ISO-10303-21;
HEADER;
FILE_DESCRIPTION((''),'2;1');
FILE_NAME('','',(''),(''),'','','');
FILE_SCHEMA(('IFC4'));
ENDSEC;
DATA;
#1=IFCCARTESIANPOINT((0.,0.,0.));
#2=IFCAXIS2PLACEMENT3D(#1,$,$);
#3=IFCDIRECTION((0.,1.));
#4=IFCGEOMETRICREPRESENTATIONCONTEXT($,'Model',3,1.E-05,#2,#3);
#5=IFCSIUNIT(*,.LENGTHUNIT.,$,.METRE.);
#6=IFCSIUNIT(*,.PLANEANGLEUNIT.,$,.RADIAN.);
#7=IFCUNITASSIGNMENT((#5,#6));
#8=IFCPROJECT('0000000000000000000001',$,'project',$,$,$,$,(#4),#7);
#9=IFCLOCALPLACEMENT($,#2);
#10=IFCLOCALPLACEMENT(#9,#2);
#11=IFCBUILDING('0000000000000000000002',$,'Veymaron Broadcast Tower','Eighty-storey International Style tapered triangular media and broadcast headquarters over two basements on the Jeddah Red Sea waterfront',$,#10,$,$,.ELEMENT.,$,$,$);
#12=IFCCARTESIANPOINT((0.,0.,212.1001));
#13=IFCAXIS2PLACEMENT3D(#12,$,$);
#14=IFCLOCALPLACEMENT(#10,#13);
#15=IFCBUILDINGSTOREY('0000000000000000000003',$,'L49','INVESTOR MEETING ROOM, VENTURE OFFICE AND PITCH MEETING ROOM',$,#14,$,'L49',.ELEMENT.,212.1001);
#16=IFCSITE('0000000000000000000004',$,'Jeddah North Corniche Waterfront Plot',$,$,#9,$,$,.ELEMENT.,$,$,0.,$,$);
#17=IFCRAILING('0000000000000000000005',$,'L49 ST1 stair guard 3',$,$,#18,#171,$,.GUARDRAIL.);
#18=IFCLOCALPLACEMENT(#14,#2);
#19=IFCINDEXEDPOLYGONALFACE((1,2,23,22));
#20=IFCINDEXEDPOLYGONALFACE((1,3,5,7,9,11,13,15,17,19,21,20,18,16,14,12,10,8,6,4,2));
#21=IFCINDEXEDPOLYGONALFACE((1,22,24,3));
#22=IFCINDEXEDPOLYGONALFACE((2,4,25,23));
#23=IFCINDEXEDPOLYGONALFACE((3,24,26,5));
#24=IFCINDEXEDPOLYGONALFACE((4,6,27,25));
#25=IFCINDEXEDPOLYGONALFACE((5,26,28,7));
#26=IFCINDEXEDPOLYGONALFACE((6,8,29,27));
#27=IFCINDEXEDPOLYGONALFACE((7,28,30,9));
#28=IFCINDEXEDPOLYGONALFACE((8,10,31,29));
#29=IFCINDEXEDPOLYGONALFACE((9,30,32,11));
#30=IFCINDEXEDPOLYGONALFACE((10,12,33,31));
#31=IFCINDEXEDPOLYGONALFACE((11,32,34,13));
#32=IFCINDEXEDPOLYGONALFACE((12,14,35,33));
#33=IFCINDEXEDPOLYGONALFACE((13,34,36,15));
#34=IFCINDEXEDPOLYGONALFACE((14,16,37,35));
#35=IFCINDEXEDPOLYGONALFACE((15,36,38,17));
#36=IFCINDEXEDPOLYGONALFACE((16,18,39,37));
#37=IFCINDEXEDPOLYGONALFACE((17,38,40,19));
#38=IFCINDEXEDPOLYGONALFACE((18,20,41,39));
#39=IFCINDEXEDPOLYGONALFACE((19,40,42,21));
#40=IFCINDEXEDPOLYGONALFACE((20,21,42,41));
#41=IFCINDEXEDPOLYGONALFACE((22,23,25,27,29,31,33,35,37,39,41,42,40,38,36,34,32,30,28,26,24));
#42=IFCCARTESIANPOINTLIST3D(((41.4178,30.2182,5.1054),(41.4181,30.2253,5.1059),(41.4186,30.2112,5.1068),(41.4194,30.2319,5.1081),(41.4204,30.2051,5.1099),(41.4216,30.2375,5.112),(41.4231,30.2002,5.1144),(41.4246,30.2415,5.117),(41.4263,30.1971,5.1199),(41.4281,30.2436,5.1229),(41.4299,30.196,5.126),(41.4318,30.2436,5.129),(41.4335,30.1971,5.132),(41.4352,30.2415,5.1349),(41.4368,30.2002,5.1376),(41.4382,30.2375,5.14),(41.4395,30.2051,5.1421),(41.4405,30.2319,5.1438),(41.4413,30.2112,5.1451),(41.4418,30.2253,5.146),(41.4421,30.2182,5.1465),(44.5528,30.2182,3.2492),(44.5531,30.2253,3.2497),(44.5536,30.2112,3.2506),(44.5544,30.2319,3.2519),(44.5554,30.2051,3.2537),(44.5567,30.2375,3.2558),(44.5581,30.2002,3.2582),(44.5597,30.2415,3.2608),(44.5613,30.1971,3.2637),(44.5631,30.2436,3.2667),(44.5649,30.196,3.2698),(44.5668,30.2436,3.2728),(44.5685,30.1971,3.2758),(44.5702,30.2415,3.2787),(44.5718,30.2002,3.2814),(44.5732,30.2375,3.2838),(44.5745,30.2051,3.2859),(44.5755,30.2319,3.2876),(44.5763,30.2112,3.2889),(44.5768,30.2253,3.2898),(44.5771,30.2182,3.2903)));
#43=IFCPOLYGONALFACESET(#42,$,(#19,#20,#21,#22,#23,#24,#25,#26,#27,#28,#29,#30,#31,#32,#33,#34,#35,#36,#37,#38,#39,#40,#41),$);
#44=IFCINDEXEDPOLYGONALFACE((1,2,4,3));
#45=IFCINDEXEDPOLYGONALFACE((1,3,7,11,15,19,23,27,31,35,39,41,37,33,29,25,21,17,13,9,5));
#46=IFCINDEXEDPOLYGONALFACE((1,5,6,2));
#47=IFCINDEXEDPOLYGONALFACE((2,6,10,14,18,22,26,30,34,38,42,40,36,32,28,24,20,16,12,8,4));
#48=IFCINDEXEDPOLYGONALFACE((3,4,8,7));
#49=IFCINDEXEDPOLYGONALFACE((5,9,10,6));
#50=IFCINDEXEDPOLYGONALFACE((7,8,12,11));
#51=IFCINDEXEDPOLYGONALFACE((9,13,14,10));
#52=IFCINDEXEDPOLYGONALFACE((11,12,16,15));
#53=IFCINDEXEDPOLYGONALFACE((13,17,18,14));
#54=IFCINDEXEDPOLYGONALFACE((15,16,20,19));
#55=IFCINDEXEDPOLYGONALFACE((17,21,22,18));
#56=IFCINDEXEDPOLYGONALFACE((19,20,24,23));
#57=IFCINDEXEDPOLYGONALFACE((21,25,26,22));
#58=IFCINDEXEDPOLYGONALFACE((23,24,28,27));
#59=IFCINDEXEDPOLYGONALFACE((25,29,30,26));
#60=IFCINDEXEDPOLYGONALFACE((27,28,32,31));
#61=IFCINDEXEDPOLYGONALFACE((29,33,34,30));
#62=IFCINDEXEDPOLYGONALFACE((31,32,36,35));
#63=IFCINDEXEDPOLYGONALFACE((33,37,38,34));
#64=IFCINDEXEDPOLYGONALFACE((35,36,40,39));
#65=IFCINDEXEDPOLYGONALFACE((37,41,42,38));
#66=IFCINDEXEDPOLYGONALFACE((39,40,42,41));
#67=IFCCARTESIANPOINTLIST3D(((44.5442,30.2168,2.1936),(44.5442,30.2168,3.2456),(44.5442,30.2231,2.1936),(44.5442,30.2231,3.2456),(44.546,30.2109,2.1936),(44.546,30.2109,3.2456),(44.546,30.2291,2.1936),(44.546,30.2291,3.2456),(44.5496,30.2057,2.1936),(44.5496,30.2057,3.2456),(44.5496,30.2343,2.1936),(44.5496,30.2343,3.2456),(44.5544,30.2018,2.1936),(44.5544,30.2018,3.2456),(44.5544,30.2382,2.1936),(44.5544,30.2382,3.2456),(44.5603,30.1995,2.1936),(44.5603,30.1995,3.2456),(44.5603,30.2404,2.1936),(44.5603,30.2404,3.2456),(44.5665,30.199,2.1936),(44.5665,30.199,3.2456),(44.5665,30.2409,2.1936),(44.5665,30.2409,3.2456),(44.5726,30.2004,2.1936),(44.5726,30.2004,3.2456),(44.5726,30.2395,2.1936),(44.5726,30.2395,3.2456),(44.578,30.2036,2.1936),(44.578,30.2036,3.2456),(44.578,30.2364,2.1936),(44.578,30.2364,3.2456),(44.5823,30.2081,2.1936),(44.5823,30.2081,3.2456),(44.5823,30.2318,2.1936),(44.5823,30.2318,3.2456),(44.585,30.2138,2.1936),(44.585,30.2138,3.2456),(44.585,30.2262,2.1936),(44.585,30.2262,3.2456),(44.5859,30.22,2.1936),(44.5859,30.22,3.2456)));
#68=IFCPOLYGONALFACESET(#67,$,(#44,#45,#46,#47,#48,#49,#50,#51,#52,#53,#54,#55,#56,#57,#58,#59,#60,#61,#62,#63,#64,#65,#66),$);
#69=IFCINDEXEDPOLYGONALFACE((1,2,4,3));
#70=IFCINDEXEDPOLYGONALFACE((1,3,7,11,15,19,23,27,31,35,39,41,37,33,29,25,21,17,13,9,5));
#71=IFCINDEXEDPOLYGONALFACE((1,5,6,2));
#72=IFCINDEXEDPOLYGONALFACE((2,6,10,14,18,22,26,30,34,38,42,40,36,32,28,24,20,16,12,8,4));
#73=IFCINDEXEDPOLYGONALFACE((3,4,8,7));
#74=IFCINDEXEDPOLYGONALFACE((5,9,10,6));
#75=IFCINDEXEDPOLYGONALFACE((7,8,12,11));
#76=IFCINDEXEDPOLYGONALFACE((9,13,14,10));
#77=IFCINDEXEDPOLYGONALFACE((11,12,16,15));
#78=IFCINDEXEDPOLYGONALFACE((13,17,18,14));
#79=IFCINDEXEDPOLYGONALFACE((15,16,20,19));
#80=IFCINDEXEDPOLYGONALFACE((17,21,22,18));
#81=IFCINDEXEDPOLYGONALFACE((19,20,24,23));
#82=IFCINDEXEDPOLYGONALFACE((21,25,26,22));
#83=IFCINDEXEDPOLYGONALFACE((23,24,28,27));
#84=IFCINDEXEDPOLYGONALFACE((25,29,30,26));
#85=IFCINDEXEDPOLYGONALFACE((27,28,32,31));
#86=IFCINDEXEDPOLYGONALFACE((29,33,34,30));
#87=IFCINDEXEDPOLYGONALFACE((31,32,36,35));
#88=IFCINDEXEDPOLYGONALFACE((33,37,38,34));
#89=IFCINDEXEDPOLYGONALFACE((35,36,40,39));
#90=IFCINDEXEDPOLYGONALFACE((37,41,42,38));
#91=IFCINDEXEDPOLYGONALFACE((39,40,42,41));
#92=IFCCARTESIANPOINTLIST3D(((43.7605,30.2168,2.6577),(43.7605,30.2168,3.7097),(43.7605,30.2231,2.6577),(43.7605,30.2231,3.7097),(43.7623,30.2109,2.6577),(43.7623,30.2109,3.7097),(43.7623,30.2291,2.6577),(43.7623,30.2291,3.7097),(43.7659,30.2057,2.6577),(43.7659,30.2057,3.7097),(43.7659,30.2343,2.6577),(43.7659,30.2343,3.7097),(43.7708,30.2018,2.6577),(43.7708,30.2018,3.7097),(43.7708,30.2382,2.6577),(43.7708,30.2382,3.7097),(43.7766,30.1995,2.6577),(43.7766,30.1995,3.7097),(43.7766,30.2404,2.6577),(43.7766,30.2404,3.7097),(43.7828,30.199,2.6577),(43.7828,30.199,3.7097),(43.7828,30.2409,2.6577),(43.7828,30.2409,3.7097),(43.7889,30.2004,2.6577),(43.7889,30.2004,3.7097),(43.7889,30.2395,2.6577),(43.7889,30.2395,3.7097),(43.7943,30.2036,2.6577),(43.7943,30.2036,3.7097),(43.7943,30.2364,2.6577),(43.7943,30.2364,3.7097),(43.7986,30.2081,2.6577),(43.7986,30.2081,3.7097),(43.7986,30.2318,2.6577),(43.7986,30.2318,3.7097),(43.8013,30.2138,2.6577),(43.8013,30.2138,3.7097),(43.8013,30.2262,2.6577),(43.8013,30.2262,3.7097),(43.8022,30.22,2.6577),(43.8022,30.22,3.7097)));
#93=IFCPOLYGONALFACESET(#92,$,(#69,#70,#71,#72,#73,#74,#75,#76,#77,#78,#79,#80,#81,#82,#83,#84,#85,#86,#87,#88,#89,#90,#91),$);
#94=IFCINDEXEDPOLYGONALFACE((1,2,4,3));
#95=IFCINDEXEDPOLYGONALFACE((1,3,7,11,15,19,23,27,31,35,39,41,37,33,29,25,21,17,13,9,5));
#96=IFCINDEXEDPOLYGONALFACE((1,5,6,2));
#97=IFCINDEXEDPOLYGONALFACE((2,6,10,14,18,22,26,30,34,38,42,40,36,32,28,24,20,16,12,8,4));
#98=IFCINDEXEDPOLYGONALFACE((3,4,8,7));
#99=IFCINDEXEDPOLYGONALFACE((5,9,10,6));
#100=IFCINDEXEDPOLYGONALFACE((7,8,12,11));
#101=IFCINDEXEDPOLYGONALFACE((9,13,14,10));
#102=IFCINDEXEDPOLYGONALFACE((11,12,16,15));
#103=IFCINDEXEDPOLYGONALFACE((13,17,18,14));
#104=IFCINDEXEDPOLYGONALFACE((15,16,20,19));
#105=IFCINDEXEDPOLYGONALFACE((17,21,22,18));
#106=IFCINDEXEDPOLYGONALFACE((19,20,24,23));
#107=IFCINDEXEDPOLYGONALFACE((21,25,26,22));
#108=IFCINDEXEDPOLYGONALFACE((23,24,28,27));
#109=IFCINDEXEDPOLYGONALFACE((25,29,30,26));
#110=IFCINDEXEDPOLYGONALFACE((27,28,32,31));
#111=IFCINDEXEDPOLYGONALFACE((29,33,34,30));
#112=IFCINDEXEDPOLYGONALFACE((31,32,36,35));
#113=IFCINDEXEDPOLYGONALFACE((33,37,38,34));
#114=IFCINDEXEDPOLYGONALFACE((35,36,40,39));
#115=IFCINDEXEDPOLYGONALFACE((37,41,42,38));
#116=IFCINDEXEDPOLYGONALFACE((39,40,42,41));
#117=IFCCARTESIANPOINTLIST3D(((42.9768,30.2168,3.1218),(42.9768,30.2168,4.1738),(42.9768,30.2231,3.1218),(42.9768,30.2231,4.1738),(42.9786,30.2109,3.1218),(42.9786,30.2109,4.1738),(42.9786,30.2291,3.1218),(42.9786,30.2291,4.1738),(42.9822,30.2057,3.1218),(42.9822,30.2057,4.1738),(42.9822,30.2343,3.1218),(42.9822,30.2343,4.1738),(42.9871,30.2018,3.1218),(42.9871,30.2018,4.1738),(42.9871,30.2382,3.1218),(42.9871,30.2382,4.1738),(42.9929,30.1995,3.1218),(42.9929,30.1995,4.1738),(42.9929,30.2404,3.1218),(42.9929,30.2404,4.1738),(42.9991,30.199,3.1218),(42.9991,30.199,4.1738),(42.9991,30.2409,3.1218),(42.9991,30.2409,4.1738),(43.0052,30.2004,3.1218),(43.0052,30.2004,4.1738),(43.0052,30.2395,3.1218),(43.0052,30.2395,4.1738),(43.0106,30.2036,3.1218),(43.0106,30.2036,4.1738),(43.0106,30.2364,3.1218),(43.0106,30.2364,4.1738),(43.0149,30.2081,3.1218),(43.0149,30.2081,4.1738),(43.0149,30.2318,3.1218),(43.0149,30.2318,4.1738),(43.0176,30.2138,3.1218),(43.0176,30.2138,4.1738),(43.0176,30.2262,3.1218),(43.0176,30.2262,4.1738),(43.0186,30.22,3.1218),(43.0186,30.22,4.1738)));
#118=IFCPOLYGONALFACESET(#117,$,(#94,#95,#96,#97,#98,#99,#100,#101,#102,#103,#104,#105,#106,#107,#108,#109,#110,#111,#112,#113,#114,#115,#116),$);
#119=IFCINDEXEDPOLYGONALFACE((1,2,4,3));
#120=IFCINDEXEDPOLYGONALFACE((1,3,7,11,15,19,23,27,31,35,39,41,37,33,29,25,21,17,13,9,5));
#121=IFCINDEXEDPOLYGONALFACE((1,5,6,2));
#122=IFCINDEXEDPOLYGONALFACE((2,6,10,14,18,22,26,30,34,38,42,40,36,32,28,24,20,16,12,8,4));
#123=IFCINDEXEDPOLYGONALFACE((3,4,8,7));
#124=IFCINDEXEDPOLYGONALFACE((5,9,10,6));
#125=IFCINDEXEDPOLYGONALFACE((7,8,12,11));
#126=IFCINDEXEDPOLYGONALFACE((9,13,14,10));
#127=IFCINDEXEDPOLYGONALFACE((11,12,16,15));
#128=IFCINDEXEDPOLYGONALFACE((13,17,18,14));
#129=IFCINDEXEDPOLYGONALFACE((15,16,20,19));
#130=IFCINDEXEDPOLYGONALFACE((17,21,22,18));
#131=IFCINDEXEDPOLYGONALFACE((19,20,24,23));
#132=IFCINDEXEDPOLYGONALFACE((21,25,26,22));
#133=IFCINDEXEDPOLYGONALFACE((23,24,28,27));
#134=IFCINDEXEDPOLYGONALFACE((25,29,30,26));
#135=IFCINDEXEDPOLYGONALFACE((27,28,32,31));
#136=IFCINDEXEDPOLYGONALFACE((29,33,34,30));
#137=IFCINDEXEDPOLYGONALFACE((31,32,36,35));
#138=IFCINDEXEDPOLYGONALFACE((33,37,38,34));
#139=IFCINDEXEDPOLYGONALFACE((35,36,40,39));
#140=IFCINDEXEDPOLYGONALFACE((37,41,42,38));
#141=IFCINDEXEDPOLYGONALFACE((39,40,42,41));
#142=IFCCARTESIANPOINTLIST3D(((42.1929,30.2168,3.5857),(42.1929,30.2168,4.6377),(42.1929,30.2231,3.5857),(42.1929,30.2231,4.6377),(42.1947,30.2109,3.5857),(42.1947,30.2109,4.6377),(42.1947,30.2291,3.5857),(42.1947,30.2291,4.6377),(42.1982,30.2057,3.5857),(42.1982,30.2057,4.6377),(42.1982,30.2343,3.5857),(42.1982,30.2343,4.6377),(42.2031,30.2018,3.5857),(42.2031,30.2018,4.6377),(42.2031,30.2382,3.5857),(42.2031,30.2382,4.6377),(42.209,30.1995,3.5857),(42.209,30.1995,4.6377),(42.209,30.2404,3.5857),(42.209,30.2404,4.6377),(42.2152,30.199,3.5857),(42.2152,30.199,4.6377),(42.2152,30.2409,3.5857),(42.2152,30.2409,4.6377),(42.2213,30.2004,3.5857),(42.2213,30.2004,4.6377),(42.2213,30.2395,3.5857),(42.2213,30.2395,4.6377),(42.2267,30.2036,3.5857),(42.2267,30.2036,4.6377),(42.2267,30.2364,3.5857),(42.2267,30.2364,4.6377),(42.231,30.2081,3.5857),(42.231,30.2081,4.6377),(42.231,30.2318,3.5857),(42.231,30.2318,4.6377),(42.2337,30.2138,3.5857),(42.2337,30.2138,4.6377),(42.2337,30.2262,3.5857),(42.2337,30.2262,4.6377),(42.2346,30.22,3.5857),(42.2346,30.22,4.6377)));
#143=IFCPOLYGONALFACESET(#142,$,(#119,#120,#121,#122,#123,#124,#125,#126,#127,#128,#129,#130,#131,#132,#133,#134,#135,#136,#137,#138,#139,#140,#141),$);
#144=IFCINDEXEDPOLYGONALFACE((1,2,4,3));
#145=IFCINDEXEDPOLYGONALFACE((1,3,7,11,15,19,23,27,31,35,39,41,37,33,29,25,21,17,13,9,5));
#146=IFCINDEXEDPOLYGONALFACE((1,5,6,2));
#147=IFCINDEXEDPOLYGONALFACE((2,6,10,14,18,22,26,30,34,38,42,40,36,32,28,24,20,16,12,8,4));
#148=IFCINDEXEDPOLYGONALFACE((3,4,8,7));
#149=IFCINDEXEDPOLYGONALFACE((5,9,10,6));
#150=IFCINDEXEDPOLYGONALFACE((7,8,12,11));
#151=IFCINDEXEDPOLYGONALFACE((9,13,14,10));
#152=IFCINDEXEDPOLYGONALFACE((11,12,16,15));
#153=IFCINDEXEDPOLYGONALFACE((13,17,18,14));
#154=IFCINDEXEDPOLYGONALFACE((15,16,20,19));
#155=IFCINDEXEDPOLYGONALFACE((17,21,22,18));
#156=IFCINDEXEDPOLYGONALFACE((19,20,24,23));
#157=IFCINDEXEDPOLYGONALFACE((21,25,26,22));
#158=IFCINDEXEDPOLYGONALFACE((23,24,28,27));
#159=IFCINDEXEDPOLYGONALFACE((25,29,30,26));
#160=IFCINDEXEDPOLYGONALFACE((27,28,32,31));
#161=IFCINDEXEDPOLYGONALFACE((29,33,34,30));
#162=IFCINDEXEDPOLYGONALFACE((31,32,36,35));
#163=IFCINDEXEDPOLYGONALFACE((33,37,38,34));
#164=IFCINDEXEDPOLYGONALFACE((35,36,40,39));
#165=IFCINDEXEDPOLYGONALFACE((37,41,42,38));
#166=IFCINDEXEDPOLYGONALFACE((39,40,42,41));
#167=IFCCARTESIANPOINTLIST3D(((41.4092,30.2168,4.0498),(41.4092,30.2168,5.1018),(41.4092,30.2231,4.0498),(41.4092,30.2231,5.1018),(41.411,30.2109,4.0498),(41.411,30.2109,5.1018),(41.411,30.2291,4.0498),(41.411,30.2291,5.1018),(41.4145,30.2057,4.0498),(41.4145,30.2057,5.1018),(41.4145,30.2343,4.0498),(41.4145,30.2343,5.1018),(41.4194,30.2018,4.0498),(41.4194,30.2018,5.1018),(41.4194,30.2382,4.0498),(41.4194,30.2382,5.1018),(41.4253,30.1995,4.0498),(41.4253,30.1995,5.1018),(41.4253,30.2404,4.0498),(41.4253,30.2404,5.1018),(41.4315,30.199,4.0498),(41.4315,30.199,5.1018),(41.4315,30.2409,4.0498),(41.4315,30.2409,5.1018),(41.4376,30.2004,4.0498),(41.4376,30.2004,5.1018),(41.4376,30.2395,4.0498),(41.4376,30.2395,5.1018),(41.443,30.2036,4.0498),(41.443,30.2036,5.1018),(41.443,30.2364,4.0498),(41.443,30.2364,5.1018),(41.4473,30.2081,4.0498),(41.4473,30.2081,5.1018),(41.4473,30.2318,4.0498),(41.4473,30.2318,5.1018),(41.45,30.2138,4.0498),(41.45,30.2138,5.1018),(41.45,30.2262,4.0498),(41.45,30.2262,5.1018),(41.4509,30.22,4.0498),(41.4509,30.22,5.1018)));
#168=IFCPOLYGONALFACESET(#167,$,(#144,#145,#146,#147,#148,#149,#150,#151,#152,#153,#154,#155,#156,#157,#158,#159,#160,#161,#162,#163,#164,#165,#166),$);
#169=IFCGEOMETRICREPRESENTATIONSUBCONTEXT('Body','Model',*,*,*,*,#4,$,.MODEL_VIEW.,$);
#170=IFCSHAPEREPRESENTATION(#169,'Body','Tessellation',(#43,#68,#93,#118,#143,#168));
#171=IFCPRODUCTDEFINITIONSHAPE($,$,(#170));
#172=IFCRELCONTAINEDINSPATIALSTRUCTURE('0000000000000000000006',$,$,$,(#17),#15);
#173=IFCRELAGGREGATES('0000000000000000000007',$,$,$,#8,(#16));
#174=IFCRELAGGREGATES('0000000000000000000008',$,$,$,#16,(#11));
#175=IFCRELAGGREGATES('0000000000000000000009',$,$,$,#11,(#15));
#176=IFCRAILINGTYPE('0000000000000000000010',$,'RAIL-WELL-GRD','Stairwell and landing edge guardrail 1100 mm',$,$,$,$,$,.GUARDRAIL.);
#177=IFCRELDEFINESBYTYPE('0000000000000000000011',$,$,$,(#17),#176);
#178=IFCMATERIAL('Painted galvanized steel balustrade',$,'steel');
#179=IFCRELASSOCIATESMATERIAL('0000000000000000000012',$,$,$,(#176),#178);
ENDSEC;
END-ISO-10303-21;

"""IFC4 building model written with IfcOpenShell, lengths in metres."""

from ifc_helpers import new_model, si_unit, direction, frame, origin, origin_2d, place, context, subcontext, project, spatial, circle, extrude, material, type_object, element, save


model = new_model("IFC4")

# Units and contexts
model_context = context("Model", 3, precision=1e-05, world=origin(), true_north=direction((0.0, 1.0)))
body_context = subcontext(model_context, "Body", "Model", "MODEL_VIEW")
ifc_project = project(units=[si_unit("LENGTHUNIT", "METRE"), si_unit("PLANEANGLEUNIT", "RADIAN")], contexts=[model_context])

# Site, building, storey
site_placement = place(None, origin())
site = spatial("IfcSite", under=ifc_project, at=site_placement, Name="Jeddah North Corniche Waterfront Plot", CompositionType="ELEMENT", RefElevation=0.0)
building_placement = place(site_placement, origin())
building = spatial("IfcBuilding", under=site, at=building_placement, Name="Veymaron Broadcast Tower", Description="Eighty-storey International Style tapered triangular media and broadcast headquarters over two basements on the Jeddah Red Sea waterfront", CompositionType="ELEMENT")
storey_placement = place(building_placement, frame((0.0, 0.0, 212.1001)))
storey = spatial("IfcBuildingStorey", under=building, at=storey_placement, Name="L49", Description="INVESTOR MEETING ROOM, VENTURE OFFICE AND PITCH MEETING ROOM", LongName="L49", CompositionType="ELEMENT", Elevation=212.1001)

# Railing
ifc_material_1 = material(Name="Painted galvanized steel balustrade", Category="steel")
railing_type_1 = type_object("IfcRailingType", Name="RAIL-WELL-GRD", Description="Stairwell and landing edge guardrail 1100 mm", PredefinedType="GUARDRAIL", material=ifc_material_1)
railing_1_placement = place(storey_placement, frame((44.5649, 30.22, 2.1936)))
element("IfcRailing", 1, at=railing_1_placement, inside=storey, type_object=railing_type_1, Name="L49 ST1 stair guard 3", PredefinedType="GUARDRAIL", context=body_context, shape_type="SweptSolid", body=[
    extrude(circle(Radius=0.0239, at=origin_2d()), frame((0.0, 0.0, 1.0762), z_axis=(-0.860482, 0.0, 0.509481), x_axis=(0.0, -1.0, 0.0)), (0.0, 0.0, 1.0), 3.6433),
    extrude(circle(Radius=0.021, at=origin_2d()), origin(), (0.0, 0.0, 1.0), 1.052),
    extrude(circle(Radius=0.021, at=origin_2d()), frame((-0.7837, 0.0, 0.4641)), (0.0, 0.0, 1.0), 1.052),
    extrude(circle(Radius=0.021, at=origin_2d()), frame((-1.5674, 0.0, 0.9282)), (0.0, 0.0, 1.0), 1.052),
    extrude(circle(Radius=0.021, at=origin_2d()), frame((-2.3513, 0.0, 1.3921)), (0.0, 0.0, 1.0), 1.052),
    extrude(circle(Radius=0.021, at=origin_2d()), frame((-3.135, 0.0, 1.8562)), (0.0, 0.0, 1.0), 1.052),
])

save(model, "model.ifc")
